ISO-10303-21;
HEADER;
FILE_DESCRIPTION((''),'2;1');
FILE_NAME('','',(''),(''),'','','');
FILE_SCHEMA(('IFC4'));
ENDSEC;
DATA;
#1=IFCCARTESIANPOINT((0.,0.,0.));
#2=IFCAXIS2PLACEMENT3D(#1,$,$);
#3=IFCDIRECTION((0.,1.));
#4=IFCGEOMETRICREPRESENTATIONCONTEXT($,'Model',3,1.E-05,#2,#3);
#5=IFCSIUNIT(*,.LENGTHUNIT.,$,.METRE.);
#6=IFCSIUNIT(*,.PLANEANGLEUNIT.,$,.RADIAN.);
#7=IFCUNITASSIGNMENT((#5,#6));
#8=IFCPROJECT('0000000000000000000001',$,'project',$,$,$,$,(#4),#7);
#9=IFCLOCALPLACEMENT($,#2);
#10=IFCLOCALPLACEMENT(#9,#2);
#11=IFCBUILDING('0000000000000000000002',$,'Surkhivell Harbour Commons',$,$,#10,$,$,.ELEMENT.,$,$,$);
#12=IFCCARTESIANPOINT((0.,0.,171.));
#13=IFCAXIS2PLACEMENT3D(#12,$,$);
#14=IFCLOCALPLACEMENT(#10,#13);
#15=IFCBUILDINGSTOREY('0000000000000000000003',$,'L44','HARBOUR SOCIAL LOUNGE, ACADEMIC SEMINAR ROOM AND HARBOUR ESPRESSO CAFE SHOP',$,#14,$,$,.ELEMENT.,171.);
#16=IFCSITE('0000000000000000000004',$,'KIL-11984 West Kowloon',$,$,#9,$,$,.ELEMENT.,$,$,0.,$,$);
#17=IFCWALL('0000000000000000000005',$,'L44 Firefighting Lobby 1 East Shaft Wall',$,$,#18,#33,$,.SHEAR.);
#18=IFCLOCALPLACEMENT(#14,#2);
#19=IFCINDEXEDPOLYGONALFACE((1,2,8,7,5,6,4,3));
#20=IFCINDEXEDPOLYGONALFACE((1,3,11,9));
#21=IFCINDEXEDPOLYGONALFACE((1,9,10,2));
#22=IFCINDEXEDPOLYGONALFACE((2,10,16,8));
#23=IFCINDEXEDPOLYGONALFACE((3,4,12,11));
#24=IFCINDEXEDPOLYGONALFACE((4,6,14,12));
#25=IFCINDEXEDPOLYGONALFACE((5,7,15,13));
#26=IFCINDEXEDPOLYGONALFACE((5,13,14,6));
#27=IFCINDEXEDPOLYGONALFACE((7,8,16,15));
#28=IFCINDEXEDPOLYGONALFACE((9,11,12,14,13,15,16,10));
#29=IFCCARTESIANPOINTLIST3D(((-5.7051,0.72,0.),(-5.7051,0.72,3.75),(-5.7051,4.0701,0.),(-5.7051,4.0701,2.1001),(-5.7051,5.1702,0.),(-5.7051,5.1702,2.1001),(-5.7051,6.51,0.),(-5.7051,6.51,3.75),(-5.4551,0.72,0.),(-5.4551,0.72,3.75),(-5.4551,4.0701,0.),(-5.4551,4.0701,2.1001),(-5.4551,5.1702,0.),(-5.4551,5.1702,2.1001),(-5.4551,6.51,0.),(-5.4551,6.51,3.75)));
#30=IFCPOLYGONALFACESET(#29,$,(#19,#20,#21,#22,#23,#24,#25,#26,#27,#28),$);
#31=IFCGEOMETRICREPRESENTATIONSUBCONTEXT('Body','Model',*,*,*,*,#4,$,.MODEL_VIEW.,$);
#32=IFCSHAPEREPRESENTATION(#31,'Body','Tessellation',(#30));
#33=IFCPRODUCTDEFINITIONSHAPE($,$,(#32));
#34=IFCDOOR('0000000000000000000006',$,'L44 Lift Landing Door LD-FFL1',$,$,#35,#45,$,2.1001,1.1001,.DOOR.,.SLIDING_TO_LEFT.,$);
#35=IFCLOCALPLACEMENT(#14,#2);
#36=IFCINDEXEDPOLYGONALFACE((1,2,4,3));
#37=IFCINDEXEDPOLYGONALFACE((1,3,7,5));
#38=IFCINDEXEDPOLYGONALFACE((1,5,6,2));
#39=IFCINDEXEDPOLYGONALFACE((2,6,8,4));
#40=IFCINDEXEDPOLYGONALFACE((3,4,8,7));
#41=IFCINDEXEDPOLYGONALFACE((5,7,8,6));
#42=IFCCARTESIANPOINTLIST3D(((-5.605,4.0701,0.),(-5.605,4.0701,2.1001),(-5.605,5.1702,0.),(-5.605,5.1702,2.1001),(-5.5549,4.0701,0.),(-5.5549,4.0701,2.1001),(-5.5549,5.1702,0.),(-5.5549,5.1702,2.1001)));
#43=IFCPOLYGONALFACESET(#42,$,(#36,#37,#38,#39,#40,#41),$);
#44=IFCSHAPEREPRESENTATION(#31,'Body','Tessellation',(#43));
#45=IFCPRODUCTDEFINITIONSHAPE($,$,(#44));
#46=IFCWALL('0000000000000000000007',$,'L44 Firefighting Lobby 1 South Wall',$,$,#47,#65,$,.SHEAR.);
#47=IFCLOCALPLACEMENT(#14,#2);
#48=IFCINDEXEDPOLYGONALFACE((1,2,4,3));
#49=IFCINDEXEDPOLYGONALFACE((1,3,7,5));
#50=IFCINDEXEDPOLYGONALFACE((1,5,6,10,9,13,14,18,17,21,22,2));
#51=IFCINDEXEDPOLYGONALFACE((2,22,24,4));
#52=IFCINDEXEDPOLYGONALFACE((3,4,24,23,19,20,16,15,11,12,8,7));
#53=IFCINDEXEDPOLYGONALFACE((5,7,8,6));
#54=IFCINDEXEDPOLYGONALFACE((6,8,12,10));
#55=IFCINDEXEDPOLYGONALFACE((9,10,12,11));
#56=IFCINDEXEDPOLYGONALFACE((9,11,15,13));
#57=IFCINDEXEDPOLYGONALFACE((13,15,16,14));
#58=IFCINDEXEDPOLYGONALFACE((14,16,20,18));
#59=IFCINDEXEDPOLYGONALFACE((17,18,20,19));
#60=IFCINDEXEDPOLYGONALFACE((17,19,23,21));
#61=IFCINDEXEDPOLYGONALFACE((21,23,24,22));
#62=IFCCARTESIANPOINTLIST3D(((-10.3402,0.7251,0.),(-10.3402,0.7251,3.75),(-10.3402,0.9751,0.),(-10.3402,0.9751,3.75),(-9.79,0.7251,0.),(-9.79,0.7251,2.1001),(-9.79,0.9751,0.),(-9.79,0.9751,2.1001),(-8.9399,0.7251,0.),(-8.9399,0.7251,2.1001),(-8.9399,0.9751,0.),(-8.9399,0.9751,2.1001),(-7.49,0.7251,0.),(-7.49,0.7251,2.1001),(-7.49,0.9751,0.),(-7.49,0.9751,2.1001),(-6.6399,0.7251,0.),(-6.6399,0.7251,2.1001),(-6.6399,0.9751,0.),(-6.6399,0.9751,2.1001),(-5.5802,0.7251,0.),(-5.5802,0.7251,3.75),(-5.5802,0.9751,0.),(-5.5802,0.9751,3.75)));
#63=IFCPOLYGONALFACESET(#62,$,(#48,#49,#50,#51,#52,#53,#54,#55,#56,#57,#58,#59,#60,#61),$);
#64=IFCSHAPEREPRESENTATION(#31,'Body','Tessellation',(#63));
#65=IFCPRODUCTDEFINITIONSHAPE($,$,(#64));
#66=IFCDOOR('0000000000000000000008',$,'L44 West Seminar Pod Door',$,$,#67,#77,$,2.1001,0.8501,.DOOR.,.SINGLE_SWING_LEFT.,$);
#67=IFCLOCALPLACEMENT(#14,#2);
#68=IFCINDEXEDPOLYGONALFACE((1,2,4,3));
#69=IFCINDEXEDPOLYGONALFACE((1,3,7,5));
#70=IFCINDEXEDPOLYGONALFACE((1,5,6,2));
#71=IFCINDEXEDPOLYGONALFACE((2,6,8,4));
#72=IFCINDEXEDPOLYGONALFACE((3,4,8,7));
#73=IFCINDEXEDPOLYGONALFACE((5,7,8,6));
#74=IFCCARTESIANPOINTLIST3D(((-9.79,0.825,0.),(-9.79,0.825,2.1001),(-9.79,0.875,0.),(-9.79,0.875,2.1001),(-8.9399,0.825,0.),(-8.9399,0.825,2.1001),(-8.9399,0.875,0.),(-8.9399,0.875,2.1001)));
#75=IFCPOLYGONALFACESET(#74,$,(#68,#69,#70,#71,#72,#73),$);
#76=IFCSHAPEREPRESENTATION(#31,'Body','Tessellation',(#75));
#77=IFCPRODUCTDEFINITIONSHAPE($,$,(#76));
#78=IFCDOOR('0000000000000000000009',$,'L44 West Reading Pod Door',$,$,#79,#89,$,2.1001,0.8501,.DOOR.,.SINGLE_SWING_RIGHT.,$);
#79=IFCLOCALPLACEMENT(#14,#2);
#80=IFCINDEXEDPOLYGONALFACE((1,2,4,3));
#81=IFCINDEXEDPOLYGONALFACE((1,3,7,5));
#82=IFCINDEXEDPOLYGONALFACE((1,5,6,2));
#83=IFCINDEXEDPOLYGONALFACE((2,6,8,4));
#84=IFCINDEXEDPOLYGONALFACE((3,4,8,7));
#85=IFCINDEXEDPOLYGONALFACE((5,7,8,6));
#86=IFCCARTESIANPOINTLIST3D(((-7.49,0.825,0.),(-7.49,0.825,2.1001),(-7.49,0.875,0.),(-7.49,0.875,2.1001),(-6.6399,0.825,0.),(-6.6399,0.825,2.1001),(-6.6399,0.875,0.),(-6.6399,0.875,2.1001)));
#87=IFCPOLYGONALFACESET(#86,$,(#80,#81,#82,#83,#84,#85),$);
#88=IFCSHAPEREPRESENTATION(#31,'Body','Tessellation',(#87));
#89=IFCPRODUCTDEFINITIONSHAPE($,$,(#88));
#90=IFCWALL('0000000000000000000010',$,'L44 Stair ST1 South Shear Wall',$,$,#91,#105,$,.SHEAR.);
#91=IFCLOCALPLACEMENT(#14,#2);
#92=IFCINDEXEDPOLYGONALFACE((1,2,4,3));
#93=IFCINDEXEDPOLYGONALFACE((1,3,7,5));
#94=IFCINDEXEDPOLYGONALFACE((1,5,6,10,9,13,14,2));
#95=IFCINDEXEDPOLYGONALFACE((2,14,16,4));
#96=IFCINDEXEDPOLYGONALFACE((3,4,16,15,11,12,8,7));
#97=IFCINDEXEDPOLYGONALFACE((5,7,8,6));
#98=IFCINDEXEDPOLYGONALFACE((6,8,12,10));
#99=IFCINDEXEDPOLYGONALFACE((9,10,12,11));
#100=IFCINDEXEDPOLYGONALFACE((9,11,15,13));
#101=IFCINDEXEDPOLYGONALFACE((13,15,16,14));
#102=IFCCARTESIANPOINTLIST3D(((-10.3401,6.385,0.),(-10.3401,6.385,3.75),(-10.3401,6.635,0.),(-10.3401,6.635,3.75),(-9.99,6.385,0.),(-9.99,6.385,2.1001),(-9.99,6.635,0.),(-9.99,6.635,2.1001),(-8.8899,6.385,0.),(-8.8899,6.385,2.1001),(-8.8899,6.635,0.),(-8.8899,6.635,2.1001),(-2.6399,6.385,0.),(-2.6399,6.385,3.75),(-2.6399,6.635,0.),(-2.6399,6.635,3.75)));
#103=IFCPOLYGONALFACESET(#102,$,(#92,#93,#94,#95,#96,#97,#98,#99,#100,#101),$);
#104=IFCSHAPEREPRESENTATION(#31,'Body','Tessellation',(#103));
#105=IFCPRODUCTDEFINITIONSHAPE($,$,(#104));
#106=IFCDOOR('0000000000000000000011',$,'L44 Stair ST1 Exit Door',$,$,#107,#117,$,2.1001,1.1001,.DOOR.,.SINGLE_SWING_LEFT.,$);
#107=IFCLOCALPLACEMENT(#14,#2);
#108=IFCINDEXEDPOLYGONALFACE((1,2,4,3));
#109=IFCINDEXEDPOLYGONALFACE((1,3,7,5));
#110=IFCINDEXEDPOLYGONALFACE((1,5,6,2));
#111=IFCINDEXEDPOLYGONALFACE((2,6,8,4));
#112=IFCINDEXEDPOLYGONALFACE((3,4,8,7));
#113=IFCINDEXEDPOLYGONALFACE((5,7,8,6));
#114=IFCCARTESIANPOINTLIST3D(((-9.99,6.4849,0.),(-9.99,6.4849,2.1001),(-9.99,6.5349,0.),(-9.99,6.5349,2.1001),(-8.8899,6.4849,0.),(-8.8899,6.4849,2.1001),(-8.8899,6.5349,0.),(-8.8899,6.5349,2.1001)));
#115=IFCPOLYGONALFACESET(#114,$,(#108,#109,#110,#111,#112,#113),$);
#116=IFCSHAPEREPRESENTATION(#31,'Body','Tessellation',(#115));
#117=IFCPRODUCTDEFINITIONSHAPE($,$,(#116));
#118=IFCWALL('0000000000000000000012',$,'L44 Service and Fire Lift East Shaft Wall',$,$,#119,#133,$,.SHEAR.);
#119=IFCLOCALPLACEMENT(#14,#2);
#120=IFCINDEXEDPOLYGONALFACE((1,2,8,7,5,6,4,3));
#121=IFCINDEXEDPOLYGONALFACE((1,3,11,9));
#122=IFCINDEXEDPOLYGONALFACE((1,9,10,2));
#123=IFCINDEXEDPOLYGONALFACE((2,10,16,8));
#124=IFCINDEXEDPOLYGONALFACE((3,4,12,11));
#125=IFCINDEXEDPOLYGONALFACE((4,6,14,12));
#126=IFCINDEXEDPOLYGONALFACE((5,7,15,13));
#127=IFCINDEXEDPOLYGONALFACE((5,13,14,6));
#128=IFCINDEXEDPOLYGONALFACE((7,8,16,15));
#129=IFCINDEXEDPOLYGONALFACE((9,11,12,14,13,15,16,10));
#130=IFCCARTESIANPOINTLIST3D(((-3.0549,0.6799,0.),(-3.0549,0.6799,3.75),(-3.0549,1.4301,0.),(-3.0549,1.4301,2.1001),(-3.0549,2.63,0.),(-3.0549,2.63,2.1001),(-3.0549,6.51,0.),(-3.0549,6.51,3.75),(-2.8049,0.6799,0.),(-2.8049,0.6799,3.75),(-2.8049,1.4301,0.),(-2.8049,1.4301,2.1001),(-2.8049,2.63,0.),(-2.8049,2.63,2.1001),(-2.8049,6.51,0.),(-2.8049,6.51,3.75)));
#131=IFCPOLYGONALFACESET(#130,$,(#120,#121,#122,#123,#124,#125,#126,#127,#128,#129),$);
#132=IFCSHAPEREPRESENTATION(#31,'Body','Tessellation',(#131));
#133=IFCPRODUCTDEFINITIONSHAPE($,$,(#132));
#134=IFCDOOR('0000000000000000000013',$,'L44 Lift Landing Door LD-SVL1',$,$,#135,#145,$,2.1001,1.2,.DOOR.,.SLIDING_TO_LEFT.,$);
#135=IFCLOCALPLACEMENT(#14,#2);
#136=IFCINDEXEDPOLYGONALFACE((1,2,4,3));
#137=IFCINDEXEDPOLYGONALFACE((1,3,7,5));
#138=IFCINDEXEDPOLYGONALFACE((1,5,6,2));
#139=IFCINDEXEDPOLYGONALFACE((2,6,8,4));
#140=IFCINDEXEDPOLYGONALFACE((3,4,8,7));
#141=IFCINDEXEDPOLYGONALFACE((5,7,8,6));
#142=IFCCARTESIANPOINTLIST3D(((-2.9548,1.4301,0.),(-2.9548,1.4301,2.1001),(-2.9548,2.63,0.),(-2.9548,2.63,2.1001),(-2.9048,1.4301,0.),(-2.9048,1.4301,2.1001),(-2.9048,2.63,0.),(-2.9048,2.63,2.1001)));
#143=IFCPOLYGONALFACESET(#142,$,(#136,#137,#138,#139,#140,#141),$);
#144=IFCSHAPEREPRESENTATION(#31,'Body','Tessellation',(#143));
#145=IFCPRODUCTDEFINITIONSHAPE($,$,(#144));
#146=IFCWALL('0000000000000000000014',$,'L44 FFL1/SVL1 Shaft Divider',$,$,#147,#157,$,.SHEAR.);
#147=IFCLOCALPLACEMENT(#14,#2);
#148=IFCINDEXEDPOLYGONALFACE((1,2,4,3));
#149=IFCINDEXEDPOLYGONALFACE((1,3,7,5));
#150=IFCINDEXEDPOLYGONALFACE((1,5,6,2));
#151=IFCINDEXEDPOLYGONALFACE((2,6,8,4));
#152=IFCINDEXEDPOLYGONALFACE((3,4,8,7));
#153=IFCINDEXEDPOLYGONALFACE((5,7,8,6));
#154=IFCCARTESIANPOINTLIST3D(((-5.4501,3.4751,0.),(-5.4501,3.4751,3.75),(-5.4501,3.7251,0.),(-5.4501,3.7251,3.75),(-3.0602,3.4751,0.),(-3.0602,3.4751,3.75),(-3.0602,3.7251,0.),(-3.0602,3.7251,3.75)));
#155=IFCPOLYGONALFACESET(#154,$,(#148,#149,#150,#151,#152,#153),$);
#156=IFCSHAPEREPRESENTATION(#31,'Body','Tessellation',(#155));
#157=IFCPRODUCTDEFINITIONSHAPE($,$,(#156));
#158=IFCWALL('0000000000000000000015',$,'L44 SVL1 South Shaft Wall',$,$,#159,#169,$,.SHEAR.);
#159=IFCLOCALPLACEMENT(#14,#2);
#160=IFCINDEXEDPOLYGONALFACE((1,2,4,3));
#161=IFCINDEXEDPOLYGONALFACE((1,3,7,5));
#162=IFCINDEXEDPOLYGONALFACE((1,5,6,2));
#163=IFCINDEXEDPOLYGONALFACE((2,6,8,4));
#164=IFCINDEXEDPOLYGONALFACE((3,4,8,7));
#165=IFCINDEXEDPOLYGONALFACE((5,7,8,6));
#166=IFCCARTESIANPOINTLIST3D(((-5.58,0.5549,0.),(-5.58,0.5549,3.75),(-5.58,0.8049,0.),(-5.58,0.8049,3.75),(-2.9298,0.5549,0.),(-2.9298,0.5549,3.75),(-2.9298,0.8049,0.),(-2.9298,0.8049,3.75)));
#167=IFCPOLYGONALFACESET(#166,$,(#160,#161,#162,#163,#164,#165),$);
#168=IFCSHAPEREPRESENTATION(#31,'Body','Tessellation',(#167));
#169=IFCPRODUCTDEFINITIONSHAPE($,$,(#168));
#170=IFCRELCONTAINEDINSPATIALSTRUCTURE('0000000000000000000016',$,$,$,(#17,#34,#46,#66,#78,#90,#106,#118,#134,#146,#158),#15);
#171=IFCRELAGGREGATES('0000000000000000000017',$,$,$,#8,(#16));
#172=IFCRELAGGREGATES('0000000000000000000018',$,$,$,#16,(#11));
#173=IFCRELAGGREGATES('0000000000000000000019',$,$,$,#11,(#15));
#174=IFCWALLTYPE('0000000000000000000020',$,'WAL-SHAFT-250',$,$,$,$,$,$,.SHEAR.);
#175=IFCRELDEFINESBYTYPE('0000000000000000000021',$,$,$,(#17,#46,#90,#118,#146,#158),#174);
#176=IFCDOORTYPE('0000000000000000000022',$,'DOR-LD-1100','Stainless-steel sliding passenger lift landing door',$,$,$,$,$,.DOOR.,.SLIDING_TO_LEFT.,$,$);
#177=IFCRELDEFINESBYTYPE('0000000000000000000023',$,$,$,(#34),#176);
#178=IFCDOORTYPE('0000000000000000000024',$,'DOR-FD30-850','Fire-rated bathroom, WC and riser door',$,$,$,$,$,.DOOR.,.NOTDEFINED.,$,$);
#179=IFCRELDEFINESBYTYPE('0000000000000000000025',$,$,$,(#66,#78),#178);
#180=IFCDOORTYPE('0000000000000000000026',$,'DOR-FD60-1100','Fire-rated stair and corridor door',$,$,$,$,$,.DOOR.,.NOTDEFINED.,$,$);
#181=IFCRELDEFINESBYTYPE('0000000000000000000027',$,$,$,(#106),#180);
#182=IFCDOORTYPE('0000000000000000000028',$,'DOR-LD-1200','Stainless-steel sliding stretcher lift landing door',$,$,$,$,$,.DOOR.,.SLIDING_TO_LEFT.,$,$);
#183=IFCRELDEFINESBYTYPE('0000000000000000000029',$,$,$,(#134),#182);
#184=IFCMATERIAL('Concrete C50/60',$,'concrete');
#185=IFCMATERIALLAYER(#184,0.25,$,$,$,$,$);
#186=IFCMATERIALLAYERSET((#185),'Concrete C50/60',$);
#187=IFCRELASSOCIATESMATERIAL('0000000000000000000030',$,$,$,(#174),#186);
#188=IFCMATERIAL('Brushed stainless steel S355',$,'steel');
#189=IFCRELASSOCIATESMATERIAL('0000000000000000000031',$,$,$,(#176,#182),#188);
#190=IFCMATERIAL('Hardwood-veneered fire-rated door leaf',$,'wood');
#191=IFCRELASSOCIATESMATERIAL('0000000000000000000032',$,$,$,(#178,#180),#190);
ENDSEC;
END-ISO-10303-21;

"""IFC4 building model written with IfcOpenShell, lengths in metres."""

from ifc_helpers import new_model, si_unit, direction, frame, frame_2d, origin, place, context, subcontext, project, spatial, rectangle, extrude, material, layer, layer_set, type_object, element, fill, save


model = new_model("IFC4")

# Units and contexts
model_context = context("Model", 3, precision=1e-05, world=origin(), true_north=direction((0.0, 1.0)))
body_context = subcontext(model_context, "Body", "Model", "MODEL_VIEW")
ifc_project = project(units=[si_unit("LENGTHUNIT", "METRE"), si_unit("PLANEANGLEUNIT", "RADIAN")], contexts=[model_context])

# Site, building, storey
site_placement = place(None, origin())
site = spatial("IfcSite", under=ifc_project, at=site_placement, Name="KIL-11984 West Kowloon", CompositionType="ELEMENT", RefElevation=0.0)
building_placement = place(site_placement, origin())
building = spatial("IfcBuilding", under=site, at=building_placement, Name="Surkhivell Harbour Commons", CompositionType="ELEMENT")
storey_placement = place(building_placement, frame((0.0, 0.0, 171.0)))
storey = spatial("IfcBuildingStorey", under=building, at=storey_placement, Name="L44", Description="HARBOUR SOCIAL LOUNGE, ACADEMIC SEMINAR ROOM AND HARBOUR ESPRESSO CAFE SHOP", CompositionType="ELEMENT", Elevation=171.0)

# Shared definitions
ifc_material_1 = material(Name="Hardwood-veneered fire-rated door leaf", Category="wood")

# Wall, opening, door
ifc_material_2 = material(Name="Concrete C50/60", Category="concrete")
ifc_layer_1 = layer(ifc_material_2, 0.25)
ifc_layer_set_1 = layer_set([ifc_layer_1], Name="Concrete C50/60")
wall_type_1 = type_object("IfcWallType", Name="WAL-SHAFT-250", PredefinedType="SHEAR", material=ifc_layer_set_1)
wall_1_placement = place(storey_placement, frame((-5.5801, 0.72, 0.0), z_axis=(0.0, 0.0, 1.0), x_axis=(0.0, 1.0, 0.0)))
wall_1 = element("IfcWall", 1, at=wall_1_placement, inside=storey, type_object=wall_type_1, Name="L44 Firefighting Lobby 1 East Shaft Wall", PredefinedType="SHEAR", context=body_context, shape_type="SweptSolid", body=[
    extrude(rectangle(XDim=5.79, YDim=0.25, at=frame_2d((2.895, 0.0))), origin(), (0.0, 0.0, 1.0), 3.75),
])
opening_1_placement = place(wall_1_placement, frame((3.3501, 0.0, 0.0)))
opening_1 = element("IfcOpeningElement", 2, at=opening_1_placement, cuts=wall_1, PredefinedType="OPENING", context=body_context, shape_type="SweptSolid", body=[
    extrude(rectangle(XDim=1.1001, YDim=2.1001, at=frame_2d((0.55, 1.05))), frame((0.0, 0.135, 0.0), z_axis=(0.0, -1.0, 0.0), x_axis=(1.0, 0.0, 0.0)), (0.0, 0.0, 1.0), 0.27),
])
ifc_material_3 = material(Name="Brushed stainless steel S355", Category="steel")
door_type_1 = type_object("IfcDoorType", Name="DOR-LD-1100", Description="Stainless-steel sliding passenger lift landing door", OperationType="SLIDING_TO_LEFT", PredefinedType="DOOR", material=ifc_material_3)
door_1_placement = place(opening_1_placement, origin())
door_1 = element("IfcDoor", 3, at=door_1_placement, inside=storey, type_object=door_type_1, Name="L44 Lift Landing Door LD-FFL1", OperationType="SLIDING_TO_LEFT", OverallHeight=2.1001, OverallWidth=1.1001, PredefinedType="DOOR", context=body_context, shape_type="SweptSolid", body=[
    extrude(rectangle(XDim=1.1001, YDim=2.1001, at=frame_2d((0.55, 1.05))), frame((0.0, 0.0249, 0.0), z_axis=(0.0, -1.0, 0.0), x_axis=(1.0, 0.0, 0.0)), (0.0, 0.0, 1.0), 0.05),
])
fill(opening_1, door_1)

# Wall, openings, doors
wall_2_placement = place(storey_placement, frame((-10.3401, 0.8501, 0.0), z_axis=(0.0, 0.0, 1.0), x_axis=(1.0, 0.0, 0.0)))
wall_2 = element("IfcWall", 4, at=wall_2_placement, inside=storey, type_object=wall_type_1, Name="L44 Firefighting Lobby 1 South Wall", PredefinedType="SHEAR", context=body_context, shape_type="SweptSolid", body=[
    extrude(rectangle(XDim=4.76, YDim=0.25, at=frame_2d((2.3799, 0.0))), origin(), (0.0, 0.0, 1.0), 3.75),
])
opening_2_placement = place(wall_2_placement, frame((0.55, 0.0, 0.0)))
opening_2 = element("IfcOpeningElement", 5, at=opening_2_placement, cuts=wall_2, PredefinedType="OPENING", context=body_context, shape_type="SweptSolid", body=[
    extrude(rectangle(XDim=0.8501, YDim=2.1001, at=frame_2d((0.425, 1.05))), frame((0.0, 0.135, 0.0), z_axis=(0.0, -1.0, 0.0), x_axis=(1.0, 0.0, 0.0)), (0.0, 0.0, 1.0), 0.27),
])
opening_3_placement = place(wall_2_placement, frame((2.8501, 0.0, 0.0)))
opening_3 = element("IfcOpeningElement", 6, at=opening_3_placement, cuts=wall_2, PredefinedType="OPENING", context=body_context, shape_type="SweptSolid", body=[
    extrude(rectangle(XDim=0.8501, YDim=2.1001, at=frame_2d((0.425, 1.05))), frame((0.0, 0.135, 0.0), z_axis=(0.0, -1.0, 0.0), x_axis=(1.0, 0.0, 0.0)), (0.0, 0.0, 1.0), 0.27),
])
door_type_2 = type_object("IfcDoorType", Name="DOR-FD30-850", Description="Fire-rated bathroom, WC and riser door", OperationType="NOTDEFINED", PredefinedType="DOOR", material=ifc_material_1)
door_2_placement = place(opening_2_placement, origin())
door_2 = element("IfcDoor", 7, at=door_2_placement, inside=storey, type_object=door_type_2, Name="L44 West Seminar Pod Door", OperationType="SINGLE_SWING_LEFT", OverallHeight=2.1001, OverallWidth=0.8501, PredefinedType="DOOR", context=body_context, shape_type="SweptSolid", body=[
    extrude(rectangle(XDim=0.8501, YDim=2.1001, at=frame_2d((0.425, 1.05))), frame((0.0, 0.0249, 0.0), z_axis=(0.0, -1.0, 0.0), x_axis=(1.0, 0.0, 0.0)), (0.0, 0.0, 1.0), 0.05),
])
fill(opening_2, door_2)
door_3_placement = place(opening_3_placement, origin())
door_3 = element("IfcDoor", 8, at=door_3_placement, inside=storey, type_object=door_type_2, Name="L44 West Reading Pod Door", OperationType="SINGLE_SWING_RIGHT", OverallHeight=2.1001, OverallWidth=0.8501, PredefinedType="DOOR", context=body_context, shape_type="SweptSolid", body=[
    extrude(rectangle(XDim=0.8501, YDim=2.1001, at=frame_2d((0.425, 1.05))), frame((0.0, 0.0249, 0.0), z_axis=(0.0, -1.0, 0.0), x_axis=(1.0, 0.0, 0.0)), (0.0, 0.0, 1.0), 0.05),
])
fill(opening_3, door_3)

# Walls, openings, doors
wall_3_placement = place(storey_placement, frame((-10.3401, 6.51, 0.0), z_axis=(0.0, 0.0, 1.0), x_axis=(1.0, 0.0, 0.0)))
wall_3 = element("IfcWall", 9, at=wall_3_placement, inside=storey, type_object=wall_type_1, Name="L44 Stair ST1 South Shear Wall", PredefinedType="SHEAR", context=body_context, shape_type="SweptSolid", body=[
    extrude(rectangle(XDim=7.7002, YDim=0.25, at=frame_2d((3.8501, 0.0))), origin(), (0.0, 0.0, 1.0), 3.75),
])
opening_4_placement = place(wall_3_placement, frame((0.3501, 0.0, 0.0)))
opening_4 = element("IfcOpeningElement", 10, at=opening_4_placement, cuts=wall_3, PredefinedType="OPENING", context=body_context, shape_type="SweptSolid", body=[
    extrude(rectangle(XDim=1.1001, YDim=2.1001, at=frame_2d((0.55, 1.05))), frame((0.0, 0.135, 0.0), z_axis=(0.0, -1.0, 0.0), x_axis=(1.0, 0.0, 0.0)), (0.0, 0.0, 1.0), 0.27),
])
door_type_3 = type_object("IfcDoorType", Name="DOR-FD60-1100", Description="Fire-rated stair and corridor door", OperationType="NOTDEFINED", PredefinedType="DOOR", material=ifc_material_1)
door_4_placement = place(opening_4_placement, origin())
door_4 = element("IfcDoor", 11, at=door_4_placement, inside=storey, type_object=door_type_3, Name="L44 Stair ST1 Exit Door", OperationType="SINGLE_SWING_LEFT", OverallHeight=2.1001, OverallWidth=1.1001, PredefinedType="DOOR", context=body_context, shape_type="SweptSolid", body=[
    extrude(rectangle(XDim=1.1001, YDim=2.1001, at=frame_2d((0.55, 1.05))), frame((0.0, 0.0249, 0.0), z_axis=(0.0, -1.0, 0.0), x_axis=(1.0, 0.0, 0.0)), (0.0, 0.0, 1.0), 0.05),
])
fill(opening_4, door_4)
wall_4_placement = place(storey_placement, frame((-2.9299, 0.6799, 0.0), z_axis=(0.0, 0.0, 1.0), x_axis=(0.0, 1.0, 0.0)))
wall_4 = element("IfcWall", 12, at=wall_4_placement, inside=storey, type_object=wall_type_1, Name="L44 Service and Fire Lift East Shaft Wall", PredefinedType="SHEAR", context=body_context, shape_type="SweptSolid", body=[
    extrude(rectangle(XDim=5.8301, YDim=0.25, at=frame_2d((2.915, 0.0))), origin(), (0.0, 0.0, 1.0), 3.75),
])
opening_5_placement = place(wall_4_placement, frame((0.75, 0.0, 0.0)))
opening_5 = element("IfcOpeningElement", 13, at=opening_5_placement, cuts=wall_4, PredefinedType="OPENING", context=body_context, shape_type="SweptSolid", body=[
    extrude(rectangle(XDim=1.2, YDim=2.1001, at=frame_2d((0.6001, 1.05))), frame((0.0, 0.135, 0.0), z_axis=(0.0, -1.0, 0.0), x_axis=(1.0, 0.0, 0.0)), (0.0, 0.0, 1.0), 0.27),
])
door_type_4 = type_object("IfcDoorType", Name="DOR-LD-1200", Description="Stainless-steel sliding stretcher lift landing door", OperationType="SLIDING_TO_LEFT", PredefinedType="DOOR", material=ifc_material_3)
door_5_placement = place(opening_5_placement, origin())
door_5 = element("IfcDoor", 14, at=door_5_placement, inside=storey, type_object=door_type_4, Name="L44 Lift Landing Door LD-SVL1", OperationType="SLIDING_TO_LEFT", OverallHeight=2.1001, OverallWidth=1.2, PredefinedType="DOOR", context=body_context, shape_type="SweptSolid", body=[
    extrude(rectangle(XDim=1.2, YDim=2.1001, at=frame_2d((0.6001, 1.05))), frame((0.0, 0.0249, 0.0), z_axis=(0.0, -1.0, 0.0), x_axis=(1.0, 0.0, 0.0)), (0.0, 0.0, 1.0), 0.05),
])
fill(opening_5, door_5)

# Walls
wall_5_placement = place(storey_placement, frame((-5.45, 3.6001, 0.0), z_axis=(0.0, 0.0, 1.0), x_axis=(1.0, 0.0, 0.0)))
element("IfcWall", 15, at=wall_5_placement, inside=storey, type_object=wall_type_1, Name="L44 FFL1/SVL1 Shaft Divider", PredefinedType="SHEAR", context=body_context, shape_type="SweptSolid", body=[
    extrude(rectangle(XDim=2.3899, YDim=0.25, at=frame_2d((1.1948, 0.0))), origin(), (0.0, 0.0, 1.0), 3.75),
])
wall_6_placement = place(storey_placement, frame((-5.5801, 0.6799, 0.0), z_axis=(0.0, 0.0, 1.0), x_axis=(1.0, 0.0, 0.0)))
element("IfcWall", 16, at=wall_6_placement, inside=storey, type_object=wall_type_1, Name="L44 SVL1 South Shaft Wall", PredefinedType="SHEAR", context=body_context, shape_type="SweptSolid", body=[
    extrude(rectangle(XDim=2.6501, YDim=0.25, at=frame_2d((1.3252, 0.0))), origin(), (0.0, 0.0, 1.0), 3.75),
])

save(model, "model.ifc")
